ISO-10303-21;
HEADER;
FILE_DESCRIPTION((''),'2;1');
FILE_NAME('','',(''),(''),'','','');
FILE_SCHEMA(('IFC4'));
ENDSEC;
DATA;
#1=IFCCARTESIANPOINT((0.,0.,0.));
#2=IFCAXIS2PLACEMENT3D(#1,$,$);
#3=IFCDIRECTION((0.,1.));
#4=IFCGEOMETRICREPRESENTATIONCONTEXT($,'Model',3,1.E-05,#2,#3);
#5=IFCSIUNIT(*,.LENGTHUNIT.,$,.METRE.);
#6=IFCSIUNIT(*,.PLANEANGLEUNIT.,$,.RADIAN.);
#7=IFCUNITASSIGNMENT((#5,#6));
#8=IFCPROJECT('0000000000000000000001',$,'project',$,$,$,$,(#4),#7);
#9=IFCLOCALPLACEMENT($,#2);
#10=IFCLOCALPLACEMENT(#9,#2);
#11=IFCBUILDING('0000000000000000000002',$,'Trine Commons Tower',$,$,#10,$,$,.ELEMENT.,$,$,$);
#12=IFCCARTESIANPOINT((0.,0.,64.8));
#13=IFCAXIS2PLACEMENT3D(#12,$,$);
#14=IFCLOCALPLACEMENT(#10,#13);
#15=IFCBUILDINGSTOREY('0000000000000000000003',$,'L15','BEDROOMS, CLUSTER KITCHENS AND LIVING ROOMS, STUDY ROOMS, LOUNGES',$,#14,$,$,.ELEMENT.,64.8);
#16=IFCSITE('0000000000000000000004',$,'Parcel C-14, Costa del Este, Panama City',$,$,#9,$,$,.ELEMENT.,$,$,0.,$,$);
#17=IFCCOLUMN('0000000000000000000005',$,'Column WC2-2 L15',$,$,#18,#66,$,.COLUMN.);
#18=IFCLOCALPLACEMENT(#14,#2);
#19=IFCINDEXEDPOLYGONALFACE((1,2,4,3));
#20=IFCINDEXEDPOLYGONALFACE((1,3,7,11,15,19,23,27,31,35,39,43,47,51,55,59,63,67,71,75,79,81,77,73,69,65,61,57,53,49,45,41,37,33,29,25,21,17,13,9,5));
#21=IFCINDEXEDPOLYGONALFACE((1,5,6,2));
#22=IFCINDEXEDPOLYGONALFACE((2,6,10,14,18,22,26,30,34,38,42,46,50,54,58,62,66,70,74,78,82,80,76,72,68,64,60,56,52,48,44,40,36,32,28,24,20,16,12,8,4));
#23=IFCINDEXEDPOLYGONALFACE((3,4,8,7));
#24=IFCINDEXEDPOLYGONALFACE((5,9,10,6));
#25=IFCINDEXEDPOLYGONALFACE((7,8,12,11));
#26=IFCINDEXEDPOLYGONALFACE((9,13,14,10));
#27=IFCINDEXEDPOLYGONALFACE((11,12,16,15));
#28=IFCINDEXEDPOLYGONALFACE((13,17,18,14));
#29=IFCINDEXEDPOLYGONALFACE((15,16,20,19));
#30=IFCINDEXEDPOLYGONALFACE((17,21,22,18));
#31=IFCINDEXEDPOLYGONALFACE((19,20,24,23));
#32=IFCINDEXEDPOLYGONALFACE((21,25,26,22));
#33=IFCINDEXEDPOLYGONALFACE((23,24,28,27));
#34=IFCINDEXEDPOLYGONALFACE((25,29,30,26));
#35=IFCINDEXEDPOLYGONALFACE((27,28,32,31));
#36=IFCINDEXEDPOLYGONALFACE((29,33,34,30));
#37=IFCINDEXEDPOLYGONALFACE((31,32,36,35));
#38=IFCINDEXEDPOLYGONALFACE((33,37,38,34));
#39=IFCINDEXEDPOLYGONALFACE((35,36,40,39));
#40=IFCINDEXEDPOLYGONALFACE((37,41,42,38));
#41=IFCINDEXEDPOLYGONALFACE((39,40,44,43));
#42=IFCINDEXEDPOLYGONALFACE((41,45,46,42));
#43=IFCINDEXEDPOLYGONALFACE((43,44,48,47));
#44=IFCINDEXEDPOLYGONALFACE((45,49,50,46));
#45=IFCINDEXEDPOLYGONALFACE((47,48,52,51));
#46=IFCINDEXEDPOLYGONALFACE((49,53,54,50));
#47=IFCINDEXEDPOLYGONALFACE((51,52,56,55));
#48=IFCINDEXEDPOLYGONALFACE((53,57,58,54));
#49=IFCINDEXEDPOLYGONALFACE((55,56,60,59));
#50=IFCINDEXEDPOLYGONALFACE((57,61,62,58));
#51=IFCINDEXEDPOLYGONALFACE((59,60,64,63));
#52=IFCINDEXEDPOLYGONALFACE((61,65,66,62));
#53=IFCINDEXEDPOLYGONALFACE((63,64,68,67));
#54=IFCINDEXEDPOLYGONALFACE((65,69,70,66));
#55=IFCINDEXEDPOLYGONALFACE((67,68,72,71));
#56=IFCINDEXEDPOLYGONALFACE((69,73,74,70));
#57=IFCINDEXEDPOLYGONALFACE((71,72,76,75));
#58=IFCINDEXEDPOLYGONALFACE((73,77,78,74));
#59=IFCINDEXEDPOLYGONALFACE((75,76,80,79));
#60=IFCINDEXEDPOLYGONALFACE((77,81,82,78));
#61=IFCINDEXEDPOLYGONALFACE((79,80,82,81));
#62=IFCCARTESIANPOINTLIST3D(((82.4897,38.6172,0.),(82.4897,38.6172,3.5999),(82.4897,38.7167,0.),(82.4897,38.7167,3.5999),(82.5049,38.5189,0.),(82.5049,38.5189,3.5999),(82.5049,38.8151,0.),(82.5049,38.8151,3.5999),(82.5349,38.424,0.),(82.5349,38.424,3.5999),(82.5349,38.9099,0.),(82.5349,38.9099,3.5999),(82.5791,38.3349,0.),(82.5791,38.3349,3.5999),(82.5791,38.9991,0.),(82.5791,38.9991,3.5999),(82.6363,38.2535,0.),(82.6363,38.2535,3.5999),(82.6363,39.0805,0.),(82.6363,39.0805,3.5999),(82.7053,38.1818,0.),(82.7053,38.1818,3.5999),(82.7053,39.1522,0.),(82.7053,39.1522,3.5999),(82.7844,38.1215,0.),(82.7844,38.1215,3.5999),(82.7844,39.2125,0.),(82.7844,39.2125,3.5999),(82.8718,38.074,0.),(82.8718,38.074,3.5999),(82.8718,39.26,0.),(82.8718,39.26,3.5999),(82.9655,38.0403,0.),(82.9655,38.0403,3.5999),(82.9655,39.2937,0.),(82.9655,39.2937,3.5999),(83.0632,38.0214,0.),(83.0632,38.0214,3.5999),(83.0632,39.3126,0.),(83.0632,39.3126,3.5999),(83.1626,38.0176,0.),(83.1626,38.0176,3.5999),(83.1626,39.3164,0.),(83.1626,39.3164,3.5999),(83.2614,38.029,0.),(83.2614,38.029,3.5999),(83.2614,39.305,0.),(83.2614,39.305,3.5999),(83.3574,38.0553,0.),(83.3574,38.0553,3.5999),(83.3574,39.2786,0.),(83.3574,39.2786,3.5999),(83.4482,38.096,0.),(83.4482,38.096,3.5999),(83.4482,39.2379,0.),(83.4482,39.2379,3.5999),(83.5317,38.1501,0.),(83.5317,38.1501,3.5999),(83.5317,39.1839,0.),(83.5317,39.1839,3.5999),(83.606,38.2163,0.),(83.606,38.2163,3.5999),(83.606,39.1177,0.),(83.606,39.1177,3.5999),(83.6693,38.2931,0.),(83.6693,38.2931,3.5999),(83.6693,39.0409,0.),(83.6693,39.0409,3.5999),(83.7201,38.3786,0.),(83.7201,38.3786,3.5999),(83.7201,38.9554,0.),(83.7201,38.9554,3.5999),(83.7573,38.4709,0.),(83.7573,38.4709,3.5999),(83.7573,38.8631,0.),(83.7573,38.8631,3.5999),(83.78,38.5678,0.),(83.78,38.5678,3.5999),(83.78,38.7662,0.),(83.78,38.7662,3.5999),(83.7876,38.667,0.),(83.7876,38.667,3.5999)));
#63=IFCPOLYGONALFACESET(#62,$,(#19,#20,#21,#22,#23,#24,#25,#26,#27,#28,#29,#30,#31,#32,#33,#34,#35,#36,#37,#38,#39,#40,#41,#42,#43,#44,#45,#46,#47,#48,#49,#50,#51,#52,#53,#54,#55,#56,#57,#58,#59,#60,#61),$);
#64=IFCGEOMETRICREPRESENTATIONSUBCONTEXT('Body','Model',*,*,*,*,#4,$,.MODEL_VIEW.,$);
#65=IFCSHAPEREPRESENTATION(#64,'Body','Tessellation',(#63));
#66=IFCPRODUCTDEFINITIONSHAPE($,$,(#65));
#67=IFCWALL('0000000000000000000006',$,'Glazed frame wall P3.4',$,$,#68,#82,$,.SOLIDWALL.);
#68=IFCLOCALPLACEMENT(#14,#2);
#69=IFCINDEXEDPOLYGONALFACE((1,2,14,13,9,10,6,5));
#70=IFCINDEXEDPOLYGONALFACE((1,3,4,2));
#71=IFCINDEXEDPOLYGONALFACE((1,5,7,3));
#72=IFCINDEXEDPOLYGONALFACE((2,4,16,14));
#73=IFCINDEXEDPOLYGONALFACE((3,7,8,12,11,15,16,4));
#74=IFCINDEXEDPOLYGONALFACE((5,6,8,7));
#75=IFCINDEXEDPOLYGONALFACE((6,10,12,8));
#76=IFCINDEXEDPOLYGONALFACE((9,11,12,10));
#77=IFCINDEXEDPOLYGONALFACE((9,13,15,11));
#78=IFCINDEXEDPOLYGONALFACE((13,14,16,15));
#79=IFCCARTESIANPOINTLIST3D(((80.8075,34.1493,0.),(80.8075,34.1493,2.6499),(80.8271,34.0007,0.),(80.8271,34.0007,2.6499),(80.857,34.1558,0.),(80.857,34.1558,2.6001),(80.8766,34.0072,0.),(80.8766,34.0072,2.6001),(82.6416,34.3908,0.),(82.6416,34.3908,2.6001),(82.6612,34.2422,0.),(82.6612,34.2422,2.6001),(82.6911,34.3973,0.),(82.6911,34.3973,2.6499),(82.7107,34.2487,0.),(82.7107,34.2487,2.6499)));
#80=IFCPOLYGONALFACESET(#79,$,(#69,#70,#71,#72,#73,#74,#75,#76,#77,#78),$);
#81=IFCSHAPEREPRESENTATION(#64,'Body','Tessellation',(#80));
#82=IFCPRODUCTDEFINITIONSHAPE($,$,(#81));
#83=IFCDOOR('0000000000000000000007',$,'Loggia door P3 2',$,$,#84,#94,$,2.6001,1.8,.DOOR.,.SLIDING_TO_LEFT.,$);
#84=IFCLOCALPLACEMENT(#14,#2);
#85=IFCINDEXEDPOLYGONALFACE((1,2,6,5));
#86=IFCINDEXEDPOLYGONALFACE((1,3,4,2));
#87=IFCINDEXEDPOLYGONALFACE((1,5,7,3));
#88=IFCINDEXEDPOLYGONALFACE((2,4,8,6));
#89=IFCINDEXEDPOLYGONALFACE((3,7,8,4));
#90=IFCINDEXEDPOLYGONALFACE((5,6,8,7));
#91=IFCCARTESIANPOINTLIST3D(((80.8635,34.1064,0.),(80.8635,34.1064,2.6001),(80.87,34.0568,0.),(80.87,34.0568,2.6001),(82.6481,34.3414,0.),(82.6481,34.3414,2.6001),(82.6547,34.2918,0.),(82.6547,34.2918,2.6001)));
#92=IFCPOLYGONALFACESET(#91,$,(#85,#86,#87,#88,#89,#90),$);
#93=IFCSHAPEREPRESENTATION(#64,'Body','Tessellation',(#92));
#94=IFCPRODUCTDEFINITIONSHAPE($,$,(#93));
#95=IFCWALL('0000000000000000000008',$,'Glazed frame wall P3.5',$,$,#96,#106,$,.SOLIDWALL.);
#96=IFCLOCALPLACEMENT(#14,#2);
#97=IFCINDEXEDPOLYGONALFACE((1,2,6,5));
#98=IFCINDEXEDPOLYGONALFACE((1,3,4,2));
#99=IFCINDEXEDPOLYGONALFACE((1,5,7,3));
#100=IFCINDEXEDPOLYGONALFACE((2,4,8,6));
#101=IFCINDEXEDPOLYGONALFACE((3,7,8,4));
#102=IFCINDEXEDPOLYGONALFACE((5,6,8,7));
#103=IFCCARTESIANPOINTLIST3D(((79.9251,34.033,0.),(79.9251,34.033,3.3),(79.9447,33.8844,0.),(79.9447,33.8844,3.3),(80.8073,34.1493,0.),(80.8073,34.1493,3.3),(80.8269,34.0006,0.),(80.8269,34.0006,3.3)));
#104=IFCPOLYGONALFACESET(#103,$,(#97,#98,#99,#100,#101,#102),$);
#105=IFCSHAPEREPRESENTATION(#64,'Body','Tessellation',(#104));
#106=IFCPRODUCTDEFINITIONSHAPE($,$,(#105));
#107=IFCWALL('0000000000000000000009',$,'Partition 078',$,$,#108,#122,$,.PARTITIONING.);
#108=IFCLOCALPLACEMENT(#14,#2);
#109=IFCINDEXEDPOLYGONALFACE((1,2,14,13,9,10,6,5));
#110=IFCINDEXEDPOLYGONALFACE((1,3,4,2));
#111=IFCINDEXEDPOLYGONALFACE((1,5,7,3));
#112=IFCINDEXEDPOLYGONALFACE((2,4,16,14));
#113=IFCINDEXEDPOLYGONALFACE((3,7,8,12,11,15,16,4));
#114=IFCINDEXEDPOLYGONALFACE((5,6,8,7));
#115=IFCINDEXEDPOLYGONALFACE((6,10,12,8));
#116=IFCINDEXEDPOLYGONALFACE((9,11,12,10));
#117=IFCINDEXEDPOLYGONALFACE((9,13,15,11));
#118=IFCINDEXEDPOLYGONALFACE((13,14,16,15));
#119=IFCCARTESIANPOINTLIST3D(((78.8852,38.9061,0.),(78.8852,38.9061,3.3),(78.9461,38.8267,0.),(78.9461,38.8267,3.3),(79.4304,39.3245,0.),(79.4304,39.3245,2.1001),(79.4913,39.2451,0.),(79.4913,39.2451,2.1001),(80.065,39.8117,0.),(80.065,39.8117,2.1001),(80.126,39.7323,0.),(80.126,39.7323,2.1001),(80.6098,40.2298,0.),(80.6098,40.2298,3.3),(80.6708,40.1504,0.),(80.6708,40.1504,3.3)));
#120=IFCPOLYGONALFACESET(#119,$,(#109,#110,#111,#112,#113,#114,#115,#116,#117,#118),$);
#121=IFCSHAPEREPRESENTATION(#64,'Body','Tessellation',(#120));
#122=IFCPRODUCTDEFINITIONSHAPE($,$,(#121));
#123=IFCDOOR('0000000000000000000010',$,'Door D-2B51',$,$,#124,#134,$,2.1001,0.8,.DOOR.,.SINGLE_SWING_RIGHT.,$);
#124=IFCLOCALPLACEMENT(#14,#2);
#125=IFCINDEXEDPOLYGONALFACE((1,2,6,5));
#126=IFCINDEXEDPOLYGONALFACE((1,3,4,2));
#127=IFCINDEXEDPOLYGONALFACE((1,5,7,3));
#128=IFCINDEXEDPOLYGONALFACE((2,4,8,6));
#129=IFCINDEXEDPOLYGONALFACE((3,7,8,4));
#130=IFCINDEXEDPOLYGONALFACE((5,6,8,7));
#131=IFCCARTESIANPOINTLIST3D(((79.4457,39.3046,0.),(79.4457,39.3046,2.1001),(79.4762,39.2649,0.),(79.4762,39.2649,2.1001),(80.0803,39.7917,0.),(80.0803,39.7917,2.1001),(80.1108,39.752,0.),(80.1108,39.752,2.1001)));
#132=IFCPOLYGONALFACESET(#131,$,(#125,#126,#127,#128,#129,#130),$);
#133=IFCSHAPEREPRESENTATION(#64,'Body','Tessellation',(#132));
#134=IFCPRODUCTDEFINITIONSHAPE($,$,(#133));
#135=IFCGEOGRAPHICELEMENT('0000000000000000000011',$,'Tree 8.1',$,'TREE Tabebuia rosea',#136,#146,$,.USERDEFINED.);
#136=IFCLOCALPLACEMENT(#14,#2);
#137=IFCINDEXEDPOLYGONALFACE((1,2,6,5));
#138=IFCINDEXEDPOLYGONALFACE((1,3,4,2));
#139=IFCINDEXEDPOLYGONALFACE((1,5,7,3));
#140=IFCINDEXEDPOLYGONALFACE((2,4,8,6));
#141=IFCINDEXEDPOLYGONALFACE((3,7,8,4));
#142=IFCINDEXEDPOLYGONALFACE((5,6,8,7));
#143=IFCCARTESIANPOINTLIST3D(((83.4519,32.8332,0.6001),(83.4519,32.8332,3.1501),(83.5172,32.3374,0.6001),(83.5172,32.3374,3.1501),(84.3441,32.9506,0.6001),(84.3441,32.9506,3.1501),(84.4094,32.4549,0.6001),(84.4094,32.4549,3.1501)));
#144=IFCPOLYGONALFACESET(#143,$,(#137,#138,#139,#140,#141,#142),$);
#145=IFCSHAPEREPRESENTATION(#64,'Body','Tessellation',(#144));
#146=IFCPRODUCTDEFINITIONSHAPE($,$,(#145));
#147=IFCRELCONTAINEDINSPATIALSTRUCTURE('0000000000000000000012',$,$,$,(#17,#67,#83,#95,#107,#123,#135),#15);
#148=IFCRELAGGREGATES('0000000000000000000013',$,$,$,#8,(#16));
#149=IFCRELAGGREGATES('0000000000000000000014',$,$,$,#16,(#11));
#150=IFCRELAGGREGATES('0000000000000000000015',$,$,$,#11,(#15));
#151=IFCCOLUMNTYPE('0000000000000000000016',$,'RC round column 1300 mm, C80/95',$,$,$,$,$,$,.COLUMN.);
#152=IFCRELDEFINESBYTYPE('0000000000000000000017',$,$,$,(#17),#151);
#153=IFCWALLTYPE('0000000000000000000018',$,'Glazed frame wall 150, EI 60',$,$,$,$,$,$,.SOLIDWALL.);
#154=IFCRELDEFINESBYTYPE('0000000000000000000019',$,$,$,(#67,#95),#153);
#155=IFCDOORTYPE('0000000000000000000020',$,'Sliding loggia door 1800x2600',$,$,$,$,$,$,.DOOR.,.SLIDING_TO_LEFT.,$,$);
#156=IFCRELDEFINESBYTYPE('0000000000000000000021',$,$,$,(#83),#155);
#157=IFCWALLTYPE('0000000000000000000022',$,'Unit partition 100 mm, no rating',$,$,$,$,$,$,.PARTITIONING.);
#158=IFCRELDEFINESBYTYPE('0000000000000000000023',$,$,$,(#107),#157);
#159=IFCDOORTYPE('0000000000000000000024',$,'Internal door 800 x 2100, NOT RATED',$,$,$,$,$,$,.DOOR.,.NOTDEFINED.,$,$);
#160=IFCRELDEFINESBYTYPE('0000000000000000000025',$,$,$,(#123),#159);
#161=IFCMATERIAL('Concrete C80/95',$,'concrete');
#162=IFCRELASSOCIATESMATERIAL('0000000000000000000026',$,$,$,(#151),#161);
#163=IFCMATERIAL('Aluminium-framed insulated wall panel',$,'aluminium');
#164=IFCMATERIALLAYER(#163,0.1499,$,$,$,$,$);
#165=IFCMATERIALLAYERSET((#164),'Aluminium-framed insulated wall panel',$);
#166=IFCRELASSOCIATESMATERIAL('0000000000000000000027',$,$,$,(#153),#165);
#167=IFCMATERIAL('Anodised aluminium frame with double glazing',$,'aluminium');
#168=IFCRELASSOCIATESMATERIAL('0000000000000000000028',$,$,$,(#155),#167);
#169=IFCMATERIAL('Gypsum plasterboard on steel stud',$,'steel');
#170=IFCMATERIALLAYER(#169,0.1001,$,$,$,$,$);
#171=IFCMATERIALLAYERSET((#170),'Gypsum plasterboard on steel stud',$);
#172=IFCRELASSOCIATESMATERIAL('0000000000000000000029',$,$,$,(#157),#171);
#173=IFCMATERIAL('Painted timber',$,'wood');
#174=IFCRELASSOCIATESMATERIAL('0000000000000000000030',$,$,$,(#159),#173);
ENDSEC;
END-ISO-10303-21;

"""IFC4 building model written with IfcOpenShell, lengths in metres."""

from ifc_helpers import new_model, si_unit, direction, frame, frame_2d, origin, origin_2d, place, context, subcontext, project, spatial, polyline, rectangle, circle, outline, extrude, material, layer, layer_set, material_profile, profile_set, type_object, element, fill, save


model = new_model("IFC4")

# Units and contexts
model_context = context("Model", 3, precision=1e-05, world=origin(), true_north=direction((0.0, 1.0)))
body_context = subcontext(model_context, "Body", "Model", "MODEL_VIEW")
ifc_project = project(units=[si_unit("LENGTHUNIT", "METRE"), si_unit("PLANEANGLEUNIT", "RADIAN")], contexts=[model_context])

# Site, building, storey
site_placement = place(None, origin())
site = spatial("IfcSite", under=ifc_project, at=site_placement, Name="Parcel C-14, Costa del Este, Panama City", CompositionType="ELEMENT", RefElevation=0.0)
building_placement = place(site_placement, origin())
building = spatial("IfcBuilding", under=site, at=building_placement, Name="Trine Commons Tower", CompositionType="ELEMENT")
storey_placement = place(building_placement, frame((0.0, 0.0, 64.8)))
storey = spatial("IfcBuildingStorey", under=building, at=storey_placement, Name="L15", Description="BEDROOMS, CLUSTER KITCHENS AND LIVING ROOMS, STUDY ROOMS, LOUNGES", CompositionType="ELEMENT", Elevation=64.8)

# Column
ifc_material_1 = material(Name="Concrete C80/95", Category="concrete")
ifc_material_profile = material_profile(ifc_material_1, circle(Radius=0.6499, at=origin_2d()), Name="RC round 1300")
ifc_profile_set = profile_set([ifc_material_profile], Name="Concrete C80/95")
column_type = type_object("IfcColumnType", Name="RC round column 1300 mm, C80/95", PredefinedType="COLUMN", material=ifc_profile_set)
column_placement = place(storey_placement, frame((83.1377, 38.667, 0.0), z_axis=(0.0, 0.0, 1.0), x_axis=(1.0, 0.0, 0.0)))
element("IfcColumn", 1, at=column_placement, inside=storey, type_object=column_type, Name="Column WC2-2 L15", PredefinedType="COLUMN", context=body_context, shape_type="SweptSolid", body=[
    extrude(circle(Radius=0.6499, at=origin_2d()), origin(), (0.0, 0.0, 1.0), 3.5999),
])

# Wall, opening, door
ifc_material_2 = material(Name="Aluminium-framed insulated wall panel", Category="aluminium")
ifc_layer_1 = layer(ifc_material_2, 0.1499)
ifc_layer_set_1 = layer_set([ifc_layer_1], Name="Aluminium-framed insulated wall panel")
wall_type_1 = type_object("IfcWallType", Name="Glazed frame wall 150, EI 60", PredefinedType="SOLIDWALL", material=ifc_layer_set_1)
wall_1_placement = place(storey_placement, frame((82.7009, 34.323, 0.0), z_axis=(0.0, 0.0, 1.0), x_axis=(-0.991442, -0.130548, 0.0)))
wall_1 = element("IfcWall", 2, at=wall_1_placement, inside=storey, type_object=wall_type_1, Name="Glazed frame wall P3.4", PredefinedType="SOLIDWALL", context=body_context, shape_type="SweptSolid", body=[
    extrude(outline(polyline([(0.0, -0.075), (1.8999, -0.075), (1.8999, 0.075), (0.0, 0.075), (0.0, -0.075)])), origin(), (0.0, 0.0, 1.0), 2.6499),
])
opening_1_placement = place(wall_1_placement, frame((0.05, 0.0, 0.0)))
opening_1 = element("IfcOpeningElement", 3, at=opening_1_placement, cuts=wall_1, PredefinedType="OPENING", context=body_context, shape_type="SweptSolid", body=[
    extrude(rectangle(XDim=1.8, YDim=2.6001, at=frame_2d((0.8999, 1.3))), frame((0.0, 0.085, 0.0), z_axis=(0.0, -1.0, 0.0), x_axis=(1.0, 0.0, 0.0)), (0.0, 0.0, 1.0), 0.1699),
])
ifc_material_3 = material(Name="Anodised aluminium frame with double glazing", Category="aluminium")
door_type_1 = type_object("IfcDoorType", Name="Sliding loggia door 1800x2600", OperationType="SLIDING_TO_LEFT", PredefinedType="DOOR", material=ifc_material_3)
door_1_placement = place(opening_1_placement, origin())
door_1 = element("IfcDoor", 4, at=door_1_placement, inside=storey, type_object=door_type_1, Name="Loggia door P3 2", OperationType="SLIDING_TO_LEFT", OverallHeight=2.6001, OverallWidth=1.8, PredefinedType="DOOR", context=body_context, shape_type="SweptSolid", body=[
    extrude(rectangle(XDim=1.8, YDim=2.6001, at=frame_2d((0.8999, 1.3))), frame((0.0, 0.0249, 0.0), z_axis=(0.0, -1.0, 0.0), x_axis=(1.0, 0.0, 0.0)), (0.0, 0.0, 1.0), 0.05),
])
fill(opening_1, door_1)

# Wall
wall_2_placement = place(storey_placement, frame((80.8171, 34.075, 0.0), z_axis=(0.0, 0.0, 1.0), x_axis=(-0.991434, -0.130612, 0.0)))
element("IfcWall", 5, at=wall_2_placement, inside=storey, type_object=wall_type_1, Name="Glazed frame wall P3.5", PredefinedType="SOLIDWALL", context=body_context, shape_type="SweptSolid", body=[
    extrude(outline(polyline([(0.8899, 0.075), (0.0, 0.075), (0.0, -0.075), (0.8899, -0.075), (0.8899, 0.075)])), origin(), (0.0, 0.0, 1.0), 3.3),
])

# Wall, opening, door
ifc_material_4 = material(Name="Gypsum plasterboard on steel stud", Category="steel")
ifc_layer_2 = layer(ifc_material_4, 0.1001)
ifc_layer_set_2 = layer_set([ifc_layer_2], Name="Gypsum plasterboard on steel stud")
wall_type_2 = type_object("IfcWallType", Name="Unit partition 100 mm, no rating", PredefinedType="PARTITIONING", material=ifc_layer_set_2)
wall_3_placement = place(storey_placement, frame((78.9158, 38.8665, 0.0), z_axis=(0.0, 0.0, 1.0), x_axis=(0.793266, 0.608875, 0.0)))
wall_3 = element("IfcWall", 6, at=wall_3_placement, inside=storey, type_object=wall_type_2, Name="Partition 078", PredefinedType="PARTITIONING", context=body_context, shape_type="SweptSolid", body=[
    extrude(rectangle(XDim=2.1741, YDim=0.1001, at=frame_2d((1.0869, 0.0))), origin(), (0.0, 0.0, 1.0), 3.3),
])
opening_2_placement = place(wall_3_placement, frame((0.6873, 0.0, 0.0)))
opening_2 = element("IfcOpeningElement", 7, at=opening_2_placement, cuts=wall_3, PredefinedType="OPENING", context=body_context, shape_type="SweptSolid", body=[
    extrude(rectangle(XDim=0.8, YDim=2.1001, at=frame_2d((0.3999, 1.05))), frame((0.0, 0.0601, 0.0), z_axis=(0.0, -1.0, 0.0), x_axis=(1.0, 0.0, 0.0)), (0.0, 0.0, 1.0), 0.1201),
])
ifc_material_5 = material(Name="Painted timber", Category="wood")
door_type_2 = type_object("IfcDoorType", Name="Internal door 800 x 2100, NOT RATED", OperationType="NOTDEFINED", PredefinedType="DOOR", material=ifc_material_5)
door_2_placement = place(opening_2_placement, origin())
door_2 = element("IfcDoor", 8, at=door_2_placement, inside=storey, type_object=door_type_2, Name="Door D-2B51", OperationType="SINGLE_SWING_RIGHT", OverallHeight=2.1001, OverallWidth=0.8, PredefinedType="DOOR", context=body_context, shape_type="SweptSolid", body=[
    extrude(rectangle(XDim=0.8, YDim=2.1001, at=frame_2d((0.3999, 1.05))), frame((0.0, 0.0249, 0.0), z_axis=(0.0, -1.0, 0.0), x_axis=(1.0, 0.0, 0.0)), (0.0, 0.0, 1.0), 0.05),
])
fill(opening_2, door_2)

# Geographic element
geographic_element_placement = place(storey_placement, frame((83.9307, 32.644, 0.6001), z_axis=(0.0, 0.0, 1.0), x_axis=(-0.991443, -0.130543, 0.0)))
element("IfcGeographicElement", 9, at=geographic_element_placement, inside=storey, Name="Tree 8.1", ObjectType="TREE Tabebuia rosea", PredefinedType="USERDEFINED", context=body_context, shape_type="SweptSolid", body=[
    extrude(rectangle(XDim=0.8999, YDim=0.5, at=origin_2d()), origin(), (0.0, 0.0, 1.0), 2.55),
])

save(model, "model.ifc")
